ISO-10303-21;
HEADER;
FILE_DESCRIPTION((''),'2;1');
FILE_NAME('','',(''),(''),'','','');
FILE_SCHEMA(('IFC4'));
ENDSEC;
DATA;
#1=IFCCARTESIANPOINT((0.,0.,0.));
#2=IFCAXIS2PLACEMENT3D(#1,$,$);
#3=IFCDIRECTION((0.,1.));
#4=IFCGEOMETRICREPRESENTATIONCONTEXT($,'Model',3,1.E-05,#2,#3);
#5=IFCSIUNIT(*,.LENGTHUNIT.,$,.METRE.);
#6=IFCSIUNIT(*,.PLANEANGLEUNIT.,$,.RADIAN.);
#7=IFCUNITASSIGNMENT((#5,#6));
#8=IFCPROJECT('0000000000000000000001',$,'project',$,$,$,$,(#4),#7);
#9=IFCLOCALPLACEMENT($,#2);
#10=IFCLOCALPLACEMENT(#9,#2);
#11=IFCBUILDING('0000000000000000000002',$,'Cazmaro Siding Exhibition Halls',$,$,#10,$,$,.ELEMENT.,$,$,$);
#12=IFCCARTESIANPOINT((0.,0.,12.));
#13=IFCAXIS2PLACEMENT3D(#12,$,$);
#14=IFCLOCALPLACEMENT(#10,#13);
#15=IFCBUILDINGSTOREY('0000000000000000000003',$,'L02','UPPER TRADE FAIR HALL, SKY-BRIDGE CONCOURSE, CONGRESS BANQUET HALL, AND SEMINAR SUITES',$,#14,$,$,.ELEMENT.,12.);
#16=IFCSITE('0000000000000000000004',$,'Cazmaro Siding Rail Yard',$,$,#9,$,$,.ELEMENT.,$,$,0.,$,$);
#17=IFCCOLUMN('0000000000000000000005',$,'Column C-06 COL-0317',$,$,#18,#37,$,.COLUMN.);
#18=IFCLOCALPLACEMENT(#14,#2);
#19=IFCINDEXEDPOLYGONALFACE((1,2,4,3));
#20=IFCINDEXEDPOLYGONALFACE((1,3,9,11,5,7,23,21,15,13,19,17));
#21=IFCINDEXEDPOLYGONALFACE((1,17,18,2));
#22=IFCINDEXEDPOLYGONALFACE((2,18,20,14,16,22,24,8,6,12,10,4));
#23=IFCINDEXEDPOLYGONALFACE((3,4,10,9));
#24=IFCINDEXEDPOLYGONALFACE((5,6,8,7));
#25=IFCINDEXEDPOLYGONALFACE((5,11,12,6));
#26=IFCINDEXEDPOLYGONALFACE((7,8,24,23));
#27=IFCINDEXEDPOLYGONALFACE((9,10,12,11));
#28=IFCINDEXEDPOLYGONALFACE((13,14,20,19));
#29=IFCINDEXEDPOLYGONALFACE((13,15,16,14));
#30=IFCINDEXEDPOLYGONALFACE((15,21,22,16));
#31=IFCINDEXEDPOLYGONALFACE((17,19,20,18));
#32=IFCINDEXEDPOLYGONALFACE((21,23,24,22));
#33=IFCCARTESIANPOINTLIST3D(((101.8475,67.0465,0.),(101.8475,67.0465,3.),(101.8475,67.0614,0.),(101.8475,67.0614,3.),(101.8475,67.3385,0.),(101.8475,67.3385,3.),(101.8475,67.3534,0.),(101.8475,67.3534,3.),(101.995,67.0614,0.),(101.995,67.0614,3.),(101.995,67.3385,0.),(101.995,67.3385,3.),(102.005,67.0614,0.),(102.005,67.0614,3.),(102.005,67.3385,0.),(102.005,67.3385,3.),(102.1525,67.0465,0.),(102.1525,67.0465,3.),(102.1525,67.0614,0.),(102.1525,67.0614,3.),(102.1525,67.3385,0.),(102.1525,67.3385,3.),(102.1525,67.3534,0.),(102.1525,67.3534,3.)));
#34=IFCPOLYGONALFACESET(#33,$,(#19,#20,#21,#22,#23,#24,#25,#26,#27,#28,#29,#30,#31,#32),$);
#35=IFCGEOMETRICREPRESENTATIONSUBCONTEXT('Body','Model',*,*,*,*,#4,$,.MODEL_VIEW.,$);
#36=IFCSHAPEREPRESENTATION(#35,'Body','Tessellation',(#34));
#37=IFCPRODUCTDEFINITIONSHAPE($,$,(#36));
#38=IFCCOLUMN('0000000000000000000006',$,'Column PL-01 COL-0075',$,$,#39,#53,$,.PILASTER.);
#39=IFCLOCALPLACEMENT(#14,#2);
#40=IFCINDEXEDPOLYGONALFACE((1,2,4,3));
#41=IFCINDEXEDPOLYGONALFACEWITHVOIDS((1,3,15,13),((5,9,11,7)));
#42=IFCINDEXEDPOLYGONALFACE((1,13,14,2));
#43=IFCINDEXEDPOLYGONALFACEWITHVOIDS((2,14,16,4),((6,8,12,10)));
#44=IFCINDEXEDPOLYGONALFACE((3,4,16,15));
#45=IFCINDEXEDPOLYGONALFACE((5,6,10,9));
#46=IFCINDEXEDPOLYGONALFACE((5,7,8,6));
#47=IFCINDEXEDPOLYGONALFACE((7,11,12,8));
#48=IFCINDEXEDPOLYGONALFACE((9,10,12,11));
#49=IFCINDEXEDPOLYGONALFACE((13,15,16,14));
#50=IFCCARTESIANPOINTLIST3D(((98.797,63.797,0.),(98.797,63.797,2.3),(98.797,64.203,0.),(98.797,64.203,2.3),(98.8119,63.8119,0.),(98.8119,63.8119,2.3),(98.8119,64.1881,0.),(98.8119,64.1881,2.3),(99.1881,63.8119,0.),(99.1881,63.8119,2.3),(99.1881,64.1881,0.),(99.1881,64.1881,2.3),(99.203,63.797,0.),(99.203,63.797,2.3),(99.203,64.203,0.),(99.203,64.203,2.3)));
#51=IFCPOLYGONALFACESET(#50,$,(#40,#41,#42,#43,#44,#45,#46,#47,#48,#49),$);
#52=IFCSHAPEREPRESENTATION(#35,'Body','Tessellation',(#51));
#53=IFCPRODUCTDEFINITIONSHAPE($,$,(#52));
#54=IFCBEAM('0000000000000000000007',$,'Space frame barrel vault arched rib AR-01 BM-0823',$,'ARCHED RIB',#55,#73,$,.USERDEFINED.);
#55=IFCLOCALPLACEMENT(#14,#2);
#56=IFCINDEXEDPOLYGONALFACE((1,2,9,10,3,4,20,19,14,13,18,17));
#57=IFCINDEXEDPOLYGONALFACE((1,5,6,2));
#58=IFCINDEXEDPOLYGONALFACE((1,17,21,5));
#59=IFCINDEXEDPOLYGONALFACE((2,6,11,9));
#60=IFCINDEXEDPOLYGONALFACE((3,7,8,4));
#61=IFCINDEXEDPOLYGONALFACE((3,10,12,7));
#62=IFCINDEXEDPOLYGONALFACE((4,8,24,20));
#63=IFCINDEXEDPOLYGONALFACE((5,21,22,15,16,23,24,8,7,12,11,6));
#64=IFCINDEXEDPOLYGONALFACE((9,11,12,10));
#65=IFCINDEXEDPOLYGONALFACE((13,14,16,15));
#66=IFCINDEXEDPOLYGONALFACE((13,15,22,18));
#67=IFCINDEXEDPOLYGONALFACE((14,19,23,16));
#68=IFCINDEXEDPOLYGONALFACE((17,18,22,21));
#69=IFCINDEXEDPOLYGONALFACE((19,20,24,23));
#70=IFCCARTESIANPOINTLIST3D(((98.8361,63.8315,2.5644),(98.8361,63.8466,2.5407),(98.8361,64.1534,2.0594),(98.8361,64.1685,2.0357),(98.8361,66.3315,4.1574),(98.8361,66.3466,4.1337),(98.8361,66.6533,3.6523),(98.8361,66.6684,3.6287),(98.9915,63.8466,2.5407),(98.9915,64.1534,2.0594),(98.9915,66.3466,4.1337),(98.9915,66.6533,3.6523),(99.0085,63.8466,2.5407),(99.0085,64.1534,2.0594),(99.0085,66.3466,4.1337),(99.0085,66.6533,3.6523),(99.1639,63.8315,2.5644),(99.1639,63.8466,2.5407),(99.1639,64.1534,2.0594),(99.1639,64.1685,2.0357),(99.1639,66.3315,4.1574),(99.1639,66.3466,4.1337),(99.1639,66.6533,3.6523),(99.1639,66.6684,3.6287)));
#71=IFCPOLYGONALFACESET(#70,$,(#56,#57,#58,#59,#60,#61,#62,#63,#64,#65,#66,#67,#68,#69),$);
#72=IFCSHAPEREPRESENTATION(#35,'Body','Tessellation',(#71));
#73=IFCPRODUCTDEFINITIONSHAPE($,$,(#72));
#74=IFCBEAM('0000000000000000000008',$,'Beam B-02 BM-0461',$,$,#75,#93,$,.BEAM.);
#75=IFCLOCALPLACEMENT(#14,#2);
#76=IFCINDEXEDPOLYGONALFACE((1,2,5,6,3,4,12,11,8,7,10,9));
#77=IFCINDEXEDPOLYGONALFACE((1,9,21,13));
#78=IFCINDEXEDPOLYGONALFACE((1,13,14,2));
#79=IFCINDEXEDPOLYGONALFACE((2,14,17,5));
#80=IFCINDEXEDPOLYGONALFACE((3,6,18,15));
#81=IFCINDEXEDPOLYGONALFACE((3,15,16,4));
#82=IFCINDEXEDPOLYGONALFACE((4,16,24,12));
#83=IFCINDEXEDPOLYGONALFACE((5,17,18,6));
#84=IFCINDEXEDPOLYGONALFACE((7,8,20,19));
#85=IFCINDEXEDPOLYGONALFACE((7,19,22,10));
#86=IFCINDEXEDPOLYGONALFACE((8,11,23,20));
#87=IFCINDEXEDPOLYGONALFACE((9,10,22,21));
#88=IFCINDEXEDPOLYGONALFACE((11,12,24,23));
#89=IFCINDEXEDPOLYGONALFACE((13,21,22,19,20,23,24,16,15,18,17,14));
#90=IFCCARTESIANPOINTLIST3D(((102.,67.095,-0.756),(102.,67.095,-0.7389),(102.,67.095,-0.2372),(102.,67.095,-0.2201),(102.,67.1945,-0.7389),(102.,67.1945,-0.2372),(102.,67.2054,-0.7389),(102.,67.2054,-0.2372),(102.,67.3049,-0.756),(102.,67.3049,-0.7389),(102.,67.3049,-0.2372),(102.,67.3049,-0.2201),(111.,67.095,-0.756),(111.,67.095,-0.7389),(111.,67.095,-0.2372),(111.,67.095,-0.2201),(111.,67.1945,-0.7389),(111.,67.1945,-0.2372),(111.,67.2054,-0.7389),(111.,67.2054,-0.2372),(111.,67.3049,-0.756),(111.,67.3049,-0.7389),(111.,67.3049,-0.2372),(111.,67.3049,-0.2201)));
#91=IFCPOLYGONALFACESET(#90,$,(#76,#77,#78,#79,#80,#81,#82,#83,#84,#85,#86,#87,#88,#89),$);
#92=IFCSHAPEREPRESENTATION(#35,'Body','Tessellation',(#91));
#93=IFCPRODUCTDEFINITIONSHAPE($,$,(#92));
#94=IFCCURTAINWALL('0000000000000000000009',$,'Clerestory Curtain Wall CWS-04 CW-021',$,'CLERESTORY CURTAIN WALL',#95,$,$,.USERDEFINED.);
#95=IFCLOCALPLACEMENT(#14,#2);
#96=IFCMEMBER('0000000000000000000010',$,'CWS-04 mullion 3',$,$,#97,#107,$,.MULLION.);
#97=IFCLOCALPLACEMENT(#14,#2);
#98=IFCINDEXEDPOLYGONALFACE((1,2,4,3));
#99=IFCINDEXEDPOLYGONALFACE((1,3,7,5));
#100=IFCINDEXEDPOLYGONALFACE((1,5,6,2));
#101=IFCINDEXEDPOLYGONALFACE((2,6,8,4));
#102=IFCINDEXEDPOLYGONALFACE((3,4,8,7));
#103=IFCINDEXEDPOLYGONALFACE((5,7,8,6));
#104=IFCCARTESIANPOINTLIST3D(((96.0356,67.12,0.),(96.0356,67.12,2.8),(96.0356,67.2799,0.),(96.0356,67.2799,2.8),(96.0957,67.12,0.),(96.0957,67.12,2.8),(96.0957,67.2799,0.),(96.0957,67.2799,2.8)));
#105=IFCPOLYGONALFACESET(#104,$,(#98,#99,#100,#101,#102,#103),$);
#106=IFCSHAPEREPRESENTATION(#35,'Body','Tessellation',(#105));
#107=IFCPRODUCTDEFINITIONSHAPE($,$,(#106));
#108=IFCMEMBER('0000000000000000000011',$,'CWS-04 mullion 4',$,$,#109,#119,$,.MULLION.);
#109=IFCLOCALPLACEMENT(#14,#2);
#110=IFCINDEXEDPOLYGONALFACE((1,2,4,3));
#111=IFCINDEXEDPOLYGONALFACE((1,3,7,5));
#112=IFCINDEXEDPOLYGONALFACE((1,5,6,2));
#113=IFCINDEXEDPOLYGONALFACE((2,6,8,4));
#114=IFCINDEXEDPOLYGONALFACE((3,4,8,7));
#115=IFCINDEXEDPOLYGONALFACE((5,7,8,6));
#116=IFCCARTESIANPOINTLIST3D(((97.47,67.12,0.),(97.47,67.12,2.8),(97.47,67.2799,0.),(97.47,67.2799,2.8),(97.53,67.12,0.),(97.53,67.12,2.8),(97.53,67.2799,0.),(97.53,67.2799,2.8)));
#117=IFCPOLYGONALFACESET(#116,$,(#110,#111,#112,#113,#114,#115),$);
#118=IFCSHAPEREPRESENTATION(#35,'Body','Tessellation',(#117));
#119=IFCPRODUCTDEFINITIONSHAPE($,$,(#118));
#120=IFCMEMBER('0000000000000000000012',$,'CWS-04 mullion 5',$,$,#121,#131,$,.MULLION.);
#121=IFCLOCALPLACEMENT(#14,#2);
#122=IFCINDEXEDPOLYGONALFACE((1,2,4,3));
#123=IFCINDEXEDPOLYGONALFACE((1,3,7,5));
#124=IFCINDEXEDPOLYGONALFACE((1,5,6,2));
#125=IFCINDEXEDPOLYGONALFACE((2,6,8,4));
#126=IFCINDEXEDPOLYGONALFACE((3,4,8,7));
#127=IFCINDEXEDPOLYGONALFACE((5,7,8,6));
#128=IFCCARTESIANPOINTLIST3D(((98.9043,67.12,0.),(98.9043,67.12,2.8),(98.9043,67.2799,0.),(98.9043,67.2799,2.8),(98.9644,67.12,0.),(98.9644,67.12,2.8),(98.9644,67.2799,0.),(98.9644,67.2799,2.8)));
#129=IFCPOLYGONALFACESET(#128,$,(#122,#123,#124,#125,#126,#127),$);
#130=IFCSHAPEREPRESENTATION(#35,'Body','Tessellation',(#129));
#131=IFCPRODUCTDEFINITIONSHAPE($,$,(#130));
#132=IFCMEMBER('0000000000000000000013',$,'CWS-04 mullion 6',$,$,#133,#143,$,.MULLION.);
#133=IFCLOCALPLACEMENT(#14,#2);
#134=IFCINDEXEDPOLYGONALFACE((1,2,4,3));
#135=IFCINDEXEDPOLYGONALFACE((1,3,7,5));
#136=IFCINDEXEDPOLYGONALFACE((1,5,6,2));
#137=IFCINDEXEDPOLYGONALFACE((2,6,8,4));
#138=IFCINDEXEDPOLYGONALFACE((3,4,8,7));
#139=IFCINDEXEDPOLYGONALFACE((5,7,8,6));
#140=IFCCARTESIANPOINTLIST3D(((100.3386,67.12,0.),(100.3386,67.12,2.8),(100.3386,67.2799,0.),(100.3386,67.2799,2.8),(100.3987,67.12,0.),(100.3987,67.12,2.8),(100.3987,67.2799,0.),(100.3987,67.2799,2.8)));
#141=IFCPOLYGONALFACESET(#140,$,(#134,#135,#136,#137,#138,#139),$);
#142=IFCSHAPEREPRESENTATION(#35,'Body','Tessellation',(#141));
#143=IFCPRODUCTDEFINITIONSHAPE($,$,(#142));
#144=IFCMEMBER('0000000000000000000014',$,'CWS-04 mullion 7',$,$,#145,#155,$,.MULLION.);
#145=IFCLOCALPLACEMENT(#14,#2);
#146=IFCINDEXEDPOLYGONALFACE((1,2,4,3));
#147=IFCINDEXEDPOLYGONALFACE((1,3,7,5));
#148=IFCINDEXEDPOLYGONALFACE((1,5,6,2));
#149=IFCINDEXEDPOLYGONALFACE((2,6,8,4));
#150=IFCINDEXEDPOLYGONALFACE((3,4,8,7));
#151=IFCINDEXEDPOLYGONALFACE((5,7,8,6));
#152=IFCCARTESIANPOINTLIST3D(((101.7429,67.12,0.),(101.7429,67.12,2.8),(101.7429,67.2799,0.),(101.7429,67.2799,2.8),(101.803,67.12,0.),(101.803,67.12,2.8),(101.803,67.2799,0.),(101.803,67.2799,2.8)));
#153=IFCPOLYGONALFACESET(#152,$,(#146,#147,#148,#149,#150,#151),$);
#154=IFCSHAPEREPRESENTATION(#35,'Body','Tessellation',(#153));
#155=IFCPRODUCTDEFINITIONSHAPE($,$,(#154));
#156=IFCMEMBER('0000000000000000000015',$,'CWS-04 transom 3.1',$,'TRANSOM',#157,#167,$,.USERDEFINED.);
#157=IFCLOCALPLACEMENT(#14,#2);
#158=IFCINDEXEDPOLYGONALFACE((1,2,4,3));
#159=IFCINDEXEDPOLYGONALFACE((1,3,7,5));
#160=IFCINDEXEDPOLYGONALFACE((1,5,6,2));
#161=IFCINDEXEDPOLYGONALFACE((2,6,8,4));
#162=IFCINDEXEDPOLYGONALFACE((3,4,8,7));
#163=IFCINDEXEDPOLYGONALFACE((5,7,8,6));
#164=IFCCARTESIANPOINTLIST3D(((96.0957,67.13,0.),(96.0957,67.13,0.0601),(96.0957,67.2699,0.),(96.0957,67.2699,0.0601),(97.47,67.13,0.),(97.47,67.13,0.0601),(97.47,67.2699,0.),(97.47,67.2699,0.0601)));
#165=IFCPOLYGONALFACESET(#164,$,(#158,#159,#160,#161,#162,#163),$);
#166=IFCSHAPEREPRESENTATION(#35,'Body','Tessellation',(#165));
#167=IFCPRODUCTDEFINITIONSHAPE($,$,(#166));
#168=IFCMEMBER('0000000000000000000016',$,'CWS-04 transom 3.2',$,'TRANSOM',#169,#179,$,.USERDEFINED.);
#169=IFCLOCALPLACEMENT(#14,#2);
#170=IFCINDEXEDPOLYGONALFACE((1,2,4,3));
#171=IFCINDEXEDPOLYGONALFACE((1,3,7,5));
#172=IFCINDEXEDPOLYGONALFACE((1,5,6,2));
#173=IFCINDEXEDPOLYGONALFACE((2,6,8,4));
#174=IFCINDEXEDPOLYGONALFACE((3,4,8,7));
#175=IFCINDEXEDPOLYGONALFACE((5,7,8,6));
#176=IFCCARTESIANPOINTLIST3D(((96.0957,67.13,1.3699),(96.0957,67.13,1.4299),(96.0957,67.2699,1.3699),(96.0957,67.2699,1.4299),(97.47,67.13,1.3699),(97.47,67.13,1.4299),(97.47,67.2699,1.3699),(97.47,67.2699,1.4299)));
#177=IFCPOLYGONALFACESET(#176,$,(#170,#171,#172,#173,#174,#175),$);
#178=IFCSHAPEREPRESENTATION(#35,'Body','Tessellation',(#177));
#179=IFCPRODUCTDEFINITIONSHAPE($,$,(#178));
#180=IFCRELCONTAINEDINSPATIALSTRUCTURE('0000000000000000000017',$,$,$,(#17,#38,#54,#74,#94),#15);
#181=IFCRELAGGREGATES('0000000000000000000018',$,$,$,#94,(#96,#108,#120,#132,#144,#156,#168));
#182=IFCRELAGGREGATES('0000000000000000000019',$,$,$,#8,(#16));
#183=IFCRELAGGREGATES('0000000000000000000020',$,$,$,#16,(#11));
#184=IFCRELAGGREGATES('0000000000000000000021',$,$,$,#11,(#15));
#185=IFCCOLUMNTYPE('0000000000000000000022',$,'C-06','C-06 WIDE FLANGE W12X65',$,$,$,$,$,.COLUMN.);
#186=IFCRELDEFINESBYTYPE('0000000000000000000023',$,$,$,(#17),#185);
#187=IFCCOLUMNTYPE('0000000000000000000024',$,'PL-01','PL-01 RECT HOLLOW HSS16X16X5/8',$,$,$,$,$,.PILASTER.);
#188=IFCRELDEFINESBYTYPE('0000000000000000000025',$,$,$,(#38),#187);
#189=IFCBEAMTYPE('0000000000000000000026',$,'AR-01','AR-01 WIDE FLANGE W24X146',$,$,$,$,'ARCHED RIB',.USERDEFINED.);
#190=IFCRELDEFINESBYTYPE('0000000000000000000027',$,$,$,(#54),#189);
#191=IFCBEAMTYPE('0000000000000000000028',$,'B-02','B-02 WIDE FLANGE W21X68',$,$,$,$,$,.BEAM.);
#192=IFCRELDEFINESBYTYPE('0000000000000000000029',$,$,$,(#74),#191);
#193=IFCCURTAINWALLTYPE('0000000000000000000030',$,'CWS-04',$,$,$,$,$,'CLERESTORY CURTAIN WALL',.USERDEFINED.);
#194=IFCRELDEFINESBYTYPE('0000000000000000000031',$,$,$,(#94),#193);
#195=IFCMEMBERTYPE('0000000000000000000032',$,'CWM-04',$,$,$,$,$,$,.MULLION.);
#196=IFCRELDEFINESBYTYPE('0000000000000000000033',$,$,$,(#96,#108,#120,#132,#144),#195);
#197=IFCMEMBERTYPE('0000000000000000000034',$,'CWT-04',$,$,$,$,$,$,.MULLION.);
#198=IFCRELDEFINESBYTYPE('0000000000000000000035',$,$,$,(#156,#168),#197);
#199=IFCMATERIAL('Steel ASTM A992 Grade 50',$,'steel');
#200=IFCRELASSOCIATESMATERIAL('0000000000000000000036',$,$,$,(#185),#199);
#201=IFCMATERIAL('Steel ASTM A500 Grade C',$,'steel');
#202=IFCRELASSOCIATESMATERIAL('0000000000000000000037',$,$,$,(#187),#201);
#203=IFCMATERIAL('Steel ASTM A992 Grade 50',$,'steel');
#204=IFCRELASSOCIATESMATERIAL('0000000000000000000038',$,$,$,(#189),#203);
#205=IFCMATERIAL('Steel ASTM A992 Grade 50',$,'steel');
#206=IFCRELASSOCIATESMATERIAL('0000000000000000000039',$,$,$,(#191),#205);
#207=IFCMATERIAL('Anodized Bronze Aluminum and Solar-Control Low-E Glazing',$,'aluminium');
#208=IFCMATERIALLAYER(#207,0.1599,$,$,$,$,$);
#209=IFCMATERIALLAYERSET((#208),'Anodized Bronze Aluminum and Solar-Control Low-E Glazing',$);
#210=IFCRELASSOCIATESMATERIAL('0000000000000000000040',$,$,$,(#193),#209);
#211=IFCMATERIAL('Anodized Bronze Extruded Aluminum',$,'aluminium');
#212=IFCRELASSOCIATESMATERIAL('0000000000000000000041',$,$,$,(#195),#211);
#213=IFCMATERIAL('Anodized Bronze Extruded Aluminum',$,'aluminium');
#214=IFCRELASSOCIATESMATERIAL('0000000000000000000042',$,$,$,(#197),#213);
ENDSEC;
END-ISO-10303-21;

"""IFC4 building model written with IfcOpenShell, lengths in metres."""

from ifc_helpers import new_model, si_unit, direction, frame, origin, origin_2d, place, context, subcontext, project, spatial, rectangle, hollow_rectangle, i_section, extrude, material, layer, layer_set, material_profile, profile_set, type_object, element, aggregate, save


model = new_model("IFC4")

# Units and contexts
model_context = context("Model", 3, precision=1e-05, world=origin(), true_north=direction((0.0, 1.0)))
body_context = subcontext(model_context, "Body", "Model", "MODEL_VIEW")
ifc_project = project(units=[si_unit("LENGTHUNIT", "METRE"), si_unit("PLANEANGLEUNIT", "RADIAN")], contexts=[model_context])

# Site, building, storey
site_placement = place(None, origin())
site = spatial("IfcSite", under=ifc_project, at=site_placement, Name="Cazmaro Siding Rail Yard", CompositionType="ELEMENT", RefElevation=0.0)
building_placement = place(site_placement, origin())
building = spatial("IfcBuilding", under=site, at=building_placement, Name="Cazmaro Siding Exhibition Halls", CompositionType="ELEMENT")
storey_placement = place(building_placement, frame((0.0, 0.0, 12.0)))
storey = spatial("IfcBuildingStorey", under=building, at=storey_placement, Name="L02", Description="UPPER TRADE FAIR HALL, SKY-BRIDGE CONCOURSE, CONGRESS BANQUET HALL, AND SEMINAR SUITES", CompositionType="ELEMENT", Elevation=12.0)

# Columns
ifc_material_1 = material(Name="Steel ASTM A992 Grade 50", Category="steel")
ifc_material_profile_1 = material_profile(ifc_material_1, i_section(OverallWidth=0.3049, OverallDepth=0.3069, WebThickness=0.01, FlangeThickness=0.0149, at=origin_2d()), Name="W12X65")
ifc_profile_set_1 = profile_set([ifc_material_profile_1], Name="Steel ASTM A992 Grade 50")
column_type_1 = type_object("IfcColumnType", Name="C-06", Description="C-06 WIDE FLANGE W12X65", PredefinedType="COLUMN", material=ifc_profile_set_1)
column_1_placement = place(storey_placement, frame((102.0, 67.2, 0.0), z_axis=(0.0, 0.0, 1.0), x_axis=(1.0, 0.0, 0.0)))
element("IfcColumn", 1, at=column_1_placement, inside=storey, type_object=column_type_1, Name="Column C-06 COL-0317", PredefinedType="COLUMN", context=body_context, shape_type="SweptSolid", body=[
    extrude(i_section(OverallWidth=0.3049, OverallDepth=0.3069, WebThickness=0.01, FlangeThickness=0.0149, at=origin_2d()), origin(), (0.0, 0.0, 1.0), 3.0),
])
ifc_material_2 = material(Name="Steel ASTM A500 Grade C", Category="steel")
ifc_material_profile_2 = material_profile(ifc_material_2, hollow_rectangle(XDim=0.406, YDim=0.406, WallThickness=0.0149, at=origin_2d()), Name="HSS16X16X5/8")
ifc_profile_set_2 = profile_set([ifc_material_profile_2], Name="Steel ASTM A500 Grade C")
column_type_2 = type_object("IfcColumnType", Name="PL-01", Description="PL-01 RECT HOLLOW HSS16X16X5/8", PredefinedType="PILASTER", material=ifc_profile_set_2)
column_2_placement = place(storey_placement, frame((99.0, 64.0, 0.0), z_axis=(0.0, 0.0, 1.0), x_axis=(1.0, 0.0, 0.0)))
element("IfcColumn", 2, at=column_2_placement, inside=storey, type_object=column_type_2, Name="Column PL-01 COL-0075", PredefinedType="PILASTER", context=body_context, shape_type="SweptSolid", body=[
    extrude(hollow_rectangle(XDim=0.406, YDim=0.406, WallThickness=0.0149, at=origin_2d()), origin(), (0.0, 0.0, 1.0), 2.3),
])

# Beams
ifc_material_3 = material(Name="Steel ASTM A992 Grade 50", Category="steel")
ifc_material_profile_3 = material_profile(ifc_material_3, i_section(OverallWidth=0.3279, OverallDepth=0.627, WebThickness=0.0171, FlangeThickness=0.0281, at=origin_2d()), Name="W24X146")
ifc_profile_set_3 = profile_set([ifc_material_profile_3], Name="Steel ASTM A992 Grade 50")
beam_type_1 = type_object("IfcBeamType", Name="AR-01", Description="AR-01 WIDE FLANGE W24X146", ElementType="ARCHED RIB", PredefinedType="USERDEFINED", material=ifc_profile_set_3)
beam_1_placement = place(storey_placement, frame((99.0, 64.0, 2.3), z_axis=(0.0, 0.843339, 0.537382), x_axis=(-1.0, 0.0, 0.0)))
element("IfcBeam", 3, at=beam_1_placement, inside=storey, type_object=beam_type_1, Name="Space frame barrel vault arched rib AR-01 BM-0823", ObjectType="ARCHED RIB", PredefinedType="USERDEFINED", context=body_context, shape_type="SweptSolid", body=[
    extrude(i_section(OverallWidth=0.3279, OverallDepth=0.627, WebThickness=0.0171, FlangeThickness=0.0281, at=origin_2d()), origin(), (0.0, 0.0, 1.0), 2.9644),
])
ifc_material_4 = material(Name="Steel ASTM A992 Grade 50", Category="steel")
ifc_material_profile_4 = material_profile(ifc_material_4, i_section(OverallWidth=0.21, OverallDepth=0.5359, WebThickness=0.011, FlangeThickness=0.0171, at=origin_2d()), Name="W21X68")
ifc_profile_set_4 = profile_set([ifc_material_profile_4], Name="Steel ASTM A992 Grade 50")
beam_type_2 = type_object("IfcBeamType", Name="B-02", Description="B-02 WIDE FLANGE W21X68", PredefinedType="BEAM", material=ifc_profile_set_4)
beam_2_placement = place(storey_placement, frame((102.0, 67.2, -0.488), z_axis=(1.0, 0.0, 0.0), x_axis=(0.0, 1.0, 0.0)))
element("IfcBeam", 4, at=beam_2_placement, inside=storey, type_object=beam_type_2, Name="Beam B-02 BM-0461", PredefinedType="BEAM", context=body_context, shape_type="SweptSolid", body=[
    extrude(i_section(OverallWidth=0.21, OverallDepth=0.5359, WebThickness=0.011, FlangeThickness=0.0171, at=origin_2d()), origin(), (0.0, 0.0, 1.0), 9.0),
])

# Curtain wall, members
ifc_material_5 = material(Name="Anodized Bronze Aluminum and Solar-Control Low-E Glazing", Category="aluminium")
ifc_layer_1 = layer(ifc_material_5, 0.1599)
ifc_layer_set_1 = layer_set([ifc_layer_1], Name="Anodized Bronze Aluminum and Solar-Control Low-E Glazing")
curtain_wall_type = type_object("IfcCurtainWallType", Name="CWS-04", ElementType="CLERESTORY CURTAIN WALL", PredefinedType="USERDEFINED", material=ifc_layer_set_1)
curtain_wall_placement = place(storey_placement, origin())
curtain_wall = element("IfcCurtainWall", 5, at=curtain_wall_placement, inside=storey, type_object=curtain_wall_type, Name="Clerestory Curtain Wall CWS-04 CW-021", ObjectType="CLERESTORY CURTAIN WALL", PredefinedType="USERDEFINED")
ifc_material_6 = material(Name="Anodized Bronze Extruded Aluminum", Category="aluminium")
ifc_material_profile_5 = material_profile(ifc_material_6, rectangle(XDim=0.1599, YDim=0.0601, at=origin_2d()), Name="CWM-04")
ifc_profile_set_5 = profile_set([ifc_material_profile_5], Name="Anodized Bronze Extruded Aluminum")
member_type_1 = type_object("IfcMemberType", Name="CWM-04", PredefinedType="MULLION", material=ifc_profile_set_5)
member_1_placement = place(storey_placement, frame((96.0657, 67.2, 0.0), z_axis=(0.0, 0.0, 1.0), x_axis=(0.0, 1.0, 0.0)))
member_1 = element("IfcMember", 6, at=member_1_placement, type_object=member_type_1, Name="CWS-04 mullion 3", PredefinedType="MULLION", context=body_context, shape_type="SweptSolid", body=[
    extrude(rectangle(XDim=0.1599, YDim=0.0601, at=origin_2d()), origin(), (0.0, 0.0, 1.0), 2.8),
])
member_2_placement = place(storey_placement, frame((97.5, 67.2, 0.0), z_axis=(0.0, 0.0, 1.0), x_axis=(0.0, 1.0, 0.0)))
member_2 = element("IfcMember", 7, at=member_2_placement, type_object=member_type_1, Name="CWS-04 mullion 4", PredefinedType="MULLION", context=body_context, shape_type="SweptSolid", body=[
    extrude(rectangle(XDim=0.1599, YDim=0.0601, at=origin_2d()), origin(), (0.0, 0.0, 1.0), 2.8),
])
member_3_placement = place(storey_placement, frame((98.9343, 67.2, 0.0), z_axis=(0.0, 0.0, 1.0), x_axis=(0.0, 1.0, 0.0)))
member_3 = element("IfcMember", 8, at=member_3_placement, type_object=member_type_1, Name="CWS-04 mullion 5", PredefinedType="MULLION", context=body_context, shape_type="SweptSolid", body=[
    extrude(rectangle(XDim=0.1599, YDim=0.0601, at=origin_2d()), origin(), (0.0, 0.0, 1.0), 2.8),
])
member_4_placement = place(storey_placement, frame((100.3687, 67.2, 0.0), z_axis=(0.0, 0.0, 1.0), x_axis=(0.0, 1.0, 0.0)))
member_4 = element("IfcMember", 9, at=member_4_placement, type_object=member_type_1, Name="CWS-04 mullion 6", PredefinedType="MULLION", context=body_context, shape_type="SweptSolid", body=[
    extrude(rectangle(XDim=0.1599, YDim=0.0601, at=origin_2d()), origin(), (0.0, 0.0, 1.0), 2.8),
])
member_5_placement = place(storey_placement, frame((101.7729, 67.2, 0.0), z_axis=(0.0, 0.0, 1.0), x_axis=(0.0, 1.0, 0.0)))
member_5 = element("IfcMember", 10, at=member_5_placement, type_object=member_type_1, Name="CWS-04 mullion 7", PredefinedType="MULLION", context=body_context, shape_type="SweptSolid", body=[
    extrude(rectangle(XDim=0.1599, YDim=0.0601, at=origin_2d()), origin(), (0.0, 0.0, 1.0), 2.8),
])
ifc_material_7 = material(Name="Anodized Bronze Extruded Aluminum", Category="aluminium")
ifc_material_profile_6 = material_profile(ifc_material_7, rectangle(XDim=0.1399, YDim=0.0601, at=origin_2d()), Name="CWT-04")
ifc_profile_set_6 = profile_set([ifc_material_profile_6], Name="Anodized Bronze Extruded Aluminum")
member_type_2 = type_object("IfcMemberType", Name="CWT-04", PredefinedType="MULLION", material=ifc_profile_set_6)
member_6_placement = place(storey_placement, frame((96.0957, 67.2, 0.03), z_axis=(1.0, 0.0, 0.0), x_axis=(0.0, 1.0, 0.0)))
member_6 = element("IfcMember", 11, at=member_6_placement, type_object=member_type_2, Name="CWS-04 transom 3.1", ObjectType="TRANSOM", PredefinedType="USERDEFINED", context=body_context, shape_type="SweptSolid", body=[
    extrude(rectangle(XDim=0.1399, YDim=0.0601, at=origin_2d()), origin(), (0.0, 0.0, 1.0), 1.3743),
])
member_7_placement = place(storey_placement, frame((96.0957, 67.2, 1.3999), z_axis=(1.0, 0.0, 0.0), x_axis=(0.0, 1.0, 0.0)))
member_7 = element("IfcMember", 12, at=member_7_placement, type_object=member_type_2, Name="CWS-04 transom 3.2", ObjectType="TRANSOM", PredefinedType="USERDEFINED", context=body_context, shape_type="SweptSolid", body=[
    extrude(rectangle(XDim=0.1399, YDim=0.0601, at=origin_2d()), origin(), (0.0, 0.0, 1.0), 1.3743),
])

aggregate(curtain_wall, [member_1, member_2, member_3, member_4, member_5, member_6, member_7])

save(model, "model.ifc")
